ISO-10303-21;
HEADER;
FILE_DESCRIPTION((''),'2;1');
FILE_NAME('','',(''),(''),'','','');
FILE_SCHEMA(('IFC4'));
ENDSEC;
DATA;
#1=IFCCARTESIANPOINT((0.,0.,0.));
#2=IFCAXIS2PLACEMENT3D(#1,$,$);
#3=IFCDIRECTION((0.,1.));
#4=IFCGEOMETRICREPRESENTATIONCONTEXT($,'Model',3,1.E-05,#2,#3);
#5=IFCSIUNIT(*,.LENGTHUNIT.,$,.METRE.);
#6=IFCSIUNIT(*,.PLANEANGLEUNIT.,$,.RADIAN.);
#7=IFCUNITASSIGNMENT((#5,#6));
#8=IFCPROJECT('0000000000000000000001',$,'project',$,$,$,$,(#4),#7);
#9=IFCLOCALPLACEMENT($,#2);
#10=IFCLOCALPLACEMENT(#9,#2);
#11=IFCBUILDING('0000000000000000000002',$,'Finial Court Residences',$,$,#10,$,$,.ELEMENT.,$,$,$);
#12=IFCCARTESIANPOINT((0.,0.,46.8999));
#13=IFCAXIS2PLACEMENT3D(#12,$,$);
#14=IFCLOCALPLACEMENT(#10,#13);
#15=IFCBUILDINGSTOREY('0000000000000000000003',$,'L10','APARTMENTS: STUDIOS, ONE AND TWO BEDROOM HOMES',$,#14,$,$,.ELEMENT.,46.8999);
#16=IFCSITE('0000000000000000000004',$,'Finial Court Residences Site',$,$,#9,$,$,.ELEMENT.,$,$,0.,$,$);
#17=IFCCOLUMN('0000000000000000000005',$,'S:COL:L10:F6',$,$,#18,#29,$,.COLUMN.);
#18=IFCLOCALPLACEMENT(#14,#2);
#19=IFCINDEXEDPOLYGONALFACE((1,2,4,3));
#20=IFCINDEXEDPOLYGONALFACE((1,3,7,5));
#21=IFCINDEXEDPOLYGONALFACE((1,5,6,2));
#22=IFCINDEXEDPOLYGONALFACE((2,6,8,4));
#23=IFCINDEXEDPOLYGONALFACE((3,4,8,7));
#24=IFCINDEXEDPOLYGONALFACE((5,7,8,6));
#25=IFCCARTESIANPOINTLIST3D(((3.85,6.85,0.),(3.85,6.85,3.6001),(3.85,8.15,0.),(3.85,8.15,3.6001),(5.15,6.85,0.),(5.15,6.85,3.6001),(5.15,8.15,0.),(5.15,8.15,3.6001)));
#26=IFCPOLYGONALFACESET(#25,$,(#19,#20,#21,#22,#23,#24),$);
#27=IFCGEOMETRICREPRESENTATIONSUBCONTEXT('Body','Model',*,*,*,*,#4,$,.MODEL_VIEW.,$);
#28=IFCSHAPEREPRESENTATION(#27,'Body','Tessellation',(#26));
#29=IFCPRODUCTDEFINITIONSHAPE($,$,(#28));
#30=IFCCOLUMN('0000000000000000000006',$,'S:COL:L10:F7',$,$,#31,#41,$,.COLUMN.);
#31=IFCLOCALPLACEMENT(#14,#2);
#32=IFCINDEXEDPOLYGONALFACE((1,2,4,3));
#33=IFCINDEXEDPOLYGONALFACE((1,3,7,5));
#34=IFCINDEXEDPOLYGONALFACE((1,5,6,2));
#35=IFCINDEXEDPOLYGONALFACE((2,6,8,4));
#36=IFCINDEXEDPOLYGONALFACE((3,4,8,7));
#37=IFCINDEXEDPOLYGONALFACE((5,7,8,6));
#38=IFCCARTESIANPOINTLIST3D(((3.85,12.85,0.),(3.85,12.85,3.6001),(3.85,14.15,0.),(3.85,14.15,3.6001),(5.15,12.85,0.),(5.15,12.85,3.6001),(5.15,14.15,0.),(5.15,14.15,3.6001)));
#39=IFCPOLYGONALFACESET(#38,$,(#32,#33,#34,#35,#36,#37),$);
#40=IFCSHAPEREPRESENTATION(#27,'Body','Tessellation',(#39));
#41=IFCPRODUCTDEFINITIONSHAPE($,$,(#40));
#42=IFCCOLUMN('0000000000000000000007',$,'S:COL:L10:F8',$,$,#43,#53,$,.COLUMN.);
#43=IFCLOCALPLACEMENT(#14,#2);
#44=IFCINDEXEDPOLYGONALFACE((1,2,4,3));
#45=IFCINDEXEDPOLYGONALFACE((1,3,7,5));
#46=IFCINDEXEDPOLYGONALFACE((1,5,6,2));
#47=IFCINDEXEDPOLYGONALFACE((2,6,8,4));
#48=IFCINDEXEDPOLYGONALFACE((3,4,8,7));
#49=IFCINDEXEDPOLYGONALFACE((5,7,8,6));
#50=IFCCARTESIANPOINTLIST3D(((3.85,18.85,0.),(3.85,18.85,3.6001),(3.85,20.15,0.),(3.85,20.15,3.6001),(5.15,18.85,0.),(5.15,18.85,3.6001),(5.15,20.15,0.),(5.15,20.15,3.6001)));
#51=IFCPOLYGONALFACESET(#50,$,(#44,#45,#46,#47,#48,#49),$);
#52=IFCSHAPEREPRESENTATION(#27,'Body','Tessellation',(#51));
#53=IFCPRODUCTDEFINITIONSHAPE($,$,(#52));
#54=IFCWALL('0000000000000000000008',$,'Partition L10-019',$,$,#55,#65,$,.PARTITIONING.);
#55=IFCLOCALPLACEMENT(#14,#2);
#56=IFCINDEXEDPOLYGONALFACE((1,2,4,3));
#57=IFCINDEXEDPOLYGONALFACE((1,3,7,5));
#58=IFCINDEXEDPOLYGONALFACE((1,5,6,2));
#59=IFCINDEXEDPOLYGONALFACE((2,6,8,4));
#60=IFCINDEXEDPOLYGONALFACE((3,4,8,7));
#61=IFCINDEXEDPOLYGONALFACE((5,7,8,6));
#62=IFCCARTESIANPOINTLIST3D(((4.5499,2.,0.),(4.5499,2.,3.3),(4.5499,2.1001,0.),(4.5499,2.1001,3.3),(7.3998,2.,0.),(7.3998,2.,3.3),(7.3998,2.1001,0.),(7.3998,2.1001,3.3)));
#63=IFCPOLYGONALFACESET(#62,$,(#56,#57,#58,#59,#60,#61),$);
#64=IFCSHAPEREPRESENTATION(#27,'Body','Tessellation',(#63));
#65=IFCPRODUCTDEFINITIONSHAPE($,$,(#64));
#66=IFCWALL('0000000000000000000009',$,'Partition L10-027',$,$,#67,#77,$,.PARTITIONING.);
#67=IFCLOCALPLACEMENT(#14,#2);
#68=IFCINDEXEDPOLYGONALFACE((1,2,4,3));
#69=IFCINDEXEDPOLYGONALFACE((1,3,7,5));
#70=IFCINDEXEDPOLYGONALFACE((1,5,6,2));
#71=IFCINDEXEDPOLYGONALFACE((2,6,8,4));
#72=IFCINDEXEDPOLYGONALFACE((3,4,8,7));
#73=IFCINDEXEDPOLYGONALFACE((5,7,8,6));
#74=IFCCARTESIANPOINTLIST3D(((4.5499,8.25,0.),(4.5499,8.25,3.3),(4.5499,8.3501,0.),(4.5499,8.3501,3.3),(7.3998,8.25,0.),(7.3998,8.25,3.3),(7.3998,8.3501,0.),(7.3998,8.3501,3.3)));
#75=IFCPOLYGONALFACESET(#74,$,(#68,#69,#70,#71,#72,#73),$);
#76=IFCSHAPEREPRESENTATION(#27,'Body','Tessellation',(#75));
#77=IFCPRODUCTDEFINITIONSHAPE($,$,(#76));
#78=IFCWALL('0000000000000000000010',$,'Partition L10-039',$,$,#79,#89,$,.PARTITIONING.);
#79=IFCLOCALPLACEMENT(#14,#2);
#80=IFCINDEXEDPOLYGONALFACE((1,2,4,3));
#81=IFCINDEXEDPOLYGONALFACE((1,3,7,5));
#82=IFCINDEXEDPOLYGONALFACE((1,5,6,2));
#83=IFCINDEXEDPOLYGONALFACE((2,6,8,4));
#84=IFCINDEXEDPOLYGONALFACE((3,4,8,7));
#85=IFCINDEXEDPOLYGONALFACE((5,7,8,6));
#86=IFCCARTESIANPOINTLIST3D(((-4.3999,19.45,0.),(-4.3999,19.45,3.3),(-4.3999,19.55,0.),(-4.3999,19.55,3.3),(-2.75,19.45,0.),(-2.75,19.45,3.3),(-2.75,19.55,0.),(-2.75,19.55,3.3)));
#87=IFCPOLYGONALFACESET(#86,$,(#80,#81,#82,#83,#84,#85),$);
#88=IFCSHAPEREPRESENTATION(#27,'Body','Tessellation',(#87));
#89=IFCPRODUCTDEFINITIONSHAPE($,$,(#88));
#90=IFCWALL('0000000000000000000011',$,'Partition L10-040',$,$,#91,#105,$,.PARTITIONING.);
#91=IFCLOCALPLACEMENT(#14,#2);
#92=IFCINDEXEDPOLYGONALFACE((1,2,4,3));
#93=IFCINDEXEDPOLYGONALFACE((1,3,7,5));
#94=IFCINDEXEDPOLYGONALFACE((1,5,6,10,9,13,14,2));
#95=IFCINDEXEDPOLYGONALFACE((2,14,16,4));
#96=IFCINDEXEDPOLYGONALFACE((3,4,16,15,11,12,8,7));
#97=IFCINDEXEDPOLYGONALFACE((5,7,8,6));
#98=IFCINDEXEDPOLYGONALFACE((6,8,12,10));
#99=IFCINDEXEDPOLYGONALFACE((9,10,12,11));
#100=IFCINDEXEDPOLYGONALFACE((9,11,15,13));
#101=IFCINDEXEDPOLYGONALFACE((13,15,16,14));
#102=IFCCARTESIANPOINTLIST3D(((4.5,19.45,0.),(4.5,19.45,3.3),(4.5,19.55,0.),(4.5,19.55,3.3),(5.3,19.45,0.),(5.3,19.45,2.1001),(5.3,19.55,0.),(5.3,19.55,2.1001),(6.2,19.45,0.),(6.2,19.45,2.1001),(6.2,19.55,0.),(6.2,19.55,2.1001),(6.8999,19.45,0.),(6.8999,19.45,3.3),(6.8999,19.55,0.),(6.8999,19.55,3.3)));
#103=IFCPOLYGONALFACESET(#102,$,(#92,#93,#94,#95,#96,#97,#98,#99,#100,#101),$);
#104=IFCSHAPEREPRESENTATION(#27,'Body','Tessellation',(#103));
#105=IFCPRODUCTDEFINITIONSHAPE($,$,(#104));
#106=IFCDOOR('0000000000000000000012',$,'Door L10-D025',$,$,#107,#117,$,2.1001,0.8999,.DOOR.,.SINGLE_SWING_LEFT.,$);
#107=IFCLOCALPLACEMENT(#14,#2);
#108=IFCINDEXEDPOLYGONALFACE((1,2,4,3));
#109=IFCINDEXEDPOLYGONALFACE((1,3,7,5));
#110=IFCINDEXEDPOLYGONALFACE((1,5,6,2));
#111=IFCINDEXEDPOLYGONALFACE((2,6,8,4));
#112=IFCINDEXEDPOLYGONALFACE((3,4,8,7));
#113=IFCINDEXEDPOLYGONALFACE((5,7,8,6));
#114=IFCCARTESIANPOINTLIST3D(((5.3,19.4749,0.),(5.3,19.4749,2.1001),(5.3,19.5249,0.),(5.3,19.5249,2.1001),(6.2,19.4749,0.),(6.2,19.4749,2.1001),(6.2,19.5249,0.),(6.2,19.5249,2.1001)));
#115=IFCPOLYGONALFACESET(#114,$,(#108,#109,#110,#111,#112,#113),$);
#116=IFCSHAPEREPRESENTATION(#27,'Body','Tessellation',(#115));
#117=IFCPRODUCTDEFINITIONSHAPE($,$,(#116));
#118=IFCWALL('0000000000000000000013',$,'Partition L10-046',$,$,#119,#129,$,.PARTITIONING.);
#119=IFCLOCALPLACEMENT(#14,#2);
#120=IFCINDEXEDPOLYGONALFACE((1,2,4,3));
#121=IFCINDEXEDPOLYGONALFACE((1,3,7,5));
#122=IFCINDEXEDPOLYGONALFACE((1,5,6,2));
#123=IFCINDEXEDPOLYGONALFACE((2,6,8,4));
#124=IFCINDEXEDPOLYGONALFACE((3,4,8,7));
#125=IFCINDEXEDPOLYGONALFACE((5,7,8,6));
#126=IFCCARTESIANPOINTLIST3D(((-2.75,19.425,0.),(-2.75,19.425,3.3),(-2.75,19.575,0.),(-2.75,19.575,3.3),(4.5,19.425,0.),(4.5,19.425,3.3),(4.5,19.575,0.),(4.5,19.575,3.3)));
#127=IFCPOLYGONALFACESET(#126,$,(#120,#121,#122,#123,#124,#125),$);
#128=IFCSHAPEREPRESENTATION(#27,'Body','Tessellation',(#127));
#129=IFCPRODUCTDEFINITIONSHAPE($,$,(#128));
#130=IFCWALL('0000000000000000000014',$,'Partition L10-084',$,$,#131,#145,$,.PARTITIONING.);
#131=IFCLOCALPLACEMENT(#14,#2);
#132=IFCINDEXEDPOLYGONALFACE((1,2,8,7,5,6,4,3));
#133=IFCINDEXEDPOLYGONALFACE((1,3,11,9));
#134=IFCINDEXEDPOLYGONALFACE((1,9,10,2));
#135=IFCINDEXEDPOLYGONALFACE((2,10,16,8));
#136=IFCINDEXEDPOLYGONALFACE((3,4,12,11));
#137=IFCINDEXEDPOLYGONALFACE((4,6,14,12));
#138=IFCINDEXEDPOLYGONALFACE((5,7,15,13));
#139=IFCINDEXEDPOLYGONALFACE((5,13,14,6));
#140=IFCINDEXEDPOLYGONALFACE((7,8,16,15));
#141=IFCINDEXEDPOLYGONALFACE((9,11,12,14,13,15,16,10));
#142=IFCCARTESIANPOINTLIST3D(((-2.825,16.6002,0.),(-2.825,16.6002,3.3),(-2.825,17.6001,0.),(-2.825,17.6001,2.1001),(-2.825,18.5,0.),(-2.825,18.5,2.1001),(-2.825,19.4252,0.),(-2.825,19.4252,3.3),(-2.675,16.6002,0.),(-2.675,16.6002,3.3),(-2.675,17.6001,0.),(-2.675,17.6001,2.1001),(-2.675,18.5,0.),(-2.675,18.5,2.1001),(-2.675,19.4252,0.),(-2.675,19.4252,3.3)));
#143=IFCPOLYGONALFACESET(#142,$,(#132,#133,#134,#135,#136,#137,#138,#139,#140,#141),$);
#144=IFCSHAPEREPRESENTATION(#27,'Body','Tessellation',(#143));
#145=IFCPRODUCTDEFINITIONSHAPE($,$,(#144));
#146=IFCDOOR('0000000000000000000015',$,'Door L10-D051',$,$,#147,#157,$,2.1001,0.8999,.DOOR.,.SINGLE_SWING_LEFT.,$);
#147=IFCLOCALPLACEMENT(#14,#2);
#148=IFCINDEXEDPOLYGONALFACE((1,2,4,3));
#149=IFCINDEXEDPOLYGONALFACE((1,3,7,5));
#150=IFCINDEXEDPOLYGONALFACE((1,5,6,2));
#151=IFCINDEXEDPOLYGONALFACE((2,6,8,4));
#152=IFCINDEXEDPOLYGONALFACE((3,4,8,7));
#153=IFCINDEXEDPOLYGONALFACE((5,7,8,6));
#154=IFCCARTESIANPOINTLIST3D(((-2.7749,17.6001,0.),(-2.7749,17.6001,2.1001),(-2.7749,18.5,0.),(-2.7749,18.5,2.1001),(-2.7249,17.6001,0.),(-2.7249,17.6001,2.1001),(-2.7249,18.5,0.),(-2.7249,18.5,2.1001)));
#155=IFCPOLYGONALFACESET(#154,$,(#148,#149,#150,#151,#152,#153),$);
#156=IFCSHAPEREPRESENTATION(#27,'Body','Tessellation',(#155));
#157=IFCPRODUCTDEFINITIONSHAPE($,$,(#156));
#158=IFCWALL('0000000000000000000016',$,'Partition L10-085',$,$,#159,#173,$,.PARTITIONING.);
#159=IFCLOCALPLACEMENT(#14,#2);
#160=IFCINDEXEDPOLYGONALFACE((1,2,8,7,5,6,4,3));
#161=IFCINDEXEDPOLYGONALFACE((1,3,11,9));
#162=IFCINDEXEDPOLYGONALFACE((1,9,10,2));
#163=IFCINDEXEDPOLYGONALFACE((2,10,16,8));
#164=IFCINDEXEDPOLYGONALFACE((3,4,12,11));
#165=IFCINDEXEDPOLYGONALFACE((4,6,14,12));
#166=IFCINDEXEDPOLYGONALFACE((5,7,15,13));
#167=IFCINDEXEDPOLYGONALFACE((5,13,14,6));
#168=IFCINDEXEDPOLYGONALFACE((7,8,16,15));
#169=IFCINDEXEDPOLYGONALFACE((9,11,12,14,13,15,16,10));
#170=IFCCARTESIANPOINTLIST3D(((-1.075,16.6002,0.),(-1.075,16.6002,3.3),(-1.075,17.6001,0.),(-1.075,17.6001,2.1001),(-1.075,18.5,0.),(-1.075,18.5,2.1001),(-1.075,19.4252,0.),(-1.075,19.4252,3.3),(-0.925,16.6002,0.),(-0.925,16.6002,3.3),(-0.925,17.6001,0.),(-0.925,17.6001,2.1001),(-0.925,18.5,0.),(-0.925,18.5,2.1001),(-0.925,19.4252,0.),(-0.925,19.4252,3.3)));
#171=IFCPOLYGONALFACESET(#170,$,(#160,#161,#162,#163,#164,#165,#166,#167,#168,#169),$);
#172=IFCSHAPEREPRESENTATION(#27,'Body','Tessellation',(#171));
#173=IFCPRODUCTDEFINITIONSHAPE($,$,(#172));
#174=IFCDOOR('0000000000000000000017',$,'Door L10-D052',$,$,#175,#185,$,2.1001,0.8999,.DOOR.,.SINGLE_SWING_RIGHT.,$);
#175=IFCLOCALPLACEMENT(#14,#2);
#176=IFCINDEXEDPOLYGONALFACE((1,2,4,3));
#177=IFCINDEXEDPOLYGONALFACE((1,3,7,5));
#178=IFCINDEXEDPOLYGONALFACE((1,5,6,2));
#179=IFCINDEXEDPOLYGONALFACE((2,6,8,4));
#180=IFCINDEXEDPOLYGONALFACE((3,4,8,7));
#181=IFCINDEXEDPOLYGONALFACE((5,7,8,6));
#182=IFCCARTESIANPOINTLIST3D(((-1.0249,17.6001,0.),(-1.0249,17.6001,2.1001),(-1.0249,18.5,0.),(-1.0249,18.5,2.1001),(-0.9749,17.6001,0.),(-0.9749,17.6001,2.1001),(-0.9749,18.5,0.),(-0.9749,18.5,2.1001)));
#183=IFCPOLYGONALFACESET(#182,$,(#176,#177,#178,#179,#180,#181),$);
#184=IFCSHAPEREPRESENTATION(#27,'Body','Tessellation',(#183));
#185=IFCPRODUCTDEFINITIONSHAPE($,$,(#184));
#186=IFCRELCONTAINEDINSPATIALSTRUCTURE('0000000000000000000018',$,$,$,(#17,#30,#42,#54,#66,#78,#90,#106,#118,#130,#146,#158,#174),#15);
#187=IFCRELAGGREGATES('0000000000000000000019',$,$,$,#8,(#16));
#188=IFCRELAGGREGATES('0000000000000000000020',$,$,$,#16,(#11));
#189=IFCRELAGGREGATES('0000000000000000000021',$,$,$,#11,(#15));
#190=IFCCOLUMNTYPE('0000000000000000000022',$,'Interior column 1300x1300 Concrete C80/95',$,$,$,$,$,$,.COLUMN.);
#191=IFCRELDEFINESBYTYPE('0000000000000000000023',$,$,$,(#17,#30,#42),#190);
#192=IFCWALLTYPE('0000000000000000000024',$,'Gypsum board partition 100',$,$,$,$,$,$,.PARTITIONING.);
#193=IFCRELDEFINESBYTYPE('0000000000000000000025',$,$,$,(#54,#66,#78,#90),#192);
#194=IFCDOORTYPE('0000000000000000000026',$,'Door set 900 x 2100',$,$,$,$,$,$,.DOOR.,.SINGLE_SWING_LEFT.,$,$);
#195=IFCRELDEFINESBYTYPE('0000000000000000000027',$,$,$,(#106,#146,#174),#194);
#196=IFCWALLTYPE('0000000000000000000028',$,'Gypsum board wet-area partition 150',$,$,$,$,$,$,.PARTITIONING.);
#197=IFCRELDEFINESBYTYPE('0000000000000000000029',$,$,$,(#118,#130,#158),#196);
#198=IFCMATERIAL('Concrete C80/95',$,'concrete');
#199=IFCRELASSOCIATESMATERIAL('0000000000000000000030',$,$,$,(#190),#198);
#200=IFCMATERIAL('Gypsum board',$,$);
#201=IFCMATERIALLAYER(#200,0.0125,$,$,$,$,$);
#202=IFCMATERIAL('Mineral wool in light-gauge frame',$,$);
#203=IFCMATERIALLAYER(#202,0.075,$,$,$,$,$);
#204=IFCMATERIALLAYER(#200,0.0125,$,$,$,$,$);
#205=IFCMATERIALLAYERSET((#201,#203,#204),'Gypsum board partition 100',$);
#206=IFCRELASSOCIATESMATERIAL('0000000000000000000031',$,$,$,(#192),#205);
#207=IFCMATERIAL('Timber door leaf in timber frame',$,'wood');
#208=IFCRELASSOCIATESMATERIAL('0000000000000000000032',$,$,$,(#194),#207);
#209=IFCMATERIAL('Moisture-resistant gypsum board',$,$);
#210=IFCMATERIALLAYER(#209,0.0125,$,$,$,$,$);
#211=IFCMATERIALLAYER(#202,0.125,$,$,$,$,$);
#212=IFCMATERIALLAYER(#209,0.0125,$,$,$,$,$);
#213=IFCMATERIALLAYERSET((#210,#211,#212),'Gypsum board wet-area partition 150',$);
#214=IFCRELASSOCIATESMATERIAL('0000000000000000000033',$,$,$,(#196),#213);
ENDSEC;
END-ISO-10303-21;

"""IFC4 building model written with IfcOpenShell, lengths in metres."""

from ifc_helpers import new_model, si_unit, direction, frame, frame_2d, origin, origin_2d, place, context, subcontext, project, spatial, rectangle, extrude, material, layer, layer_set, material_profile, profile_set, type_object, element, fill, save


model = new_model("IFC4")

# Units and contexts
model_context = context("Model", 3, precision=1e-05, world=origin(), true_north=direction((0.0, 1.0)))
body_context = subcontext(model_context, "Body", "Model", "MODEL_VIEW")
ifc_project = project(units=[si_unit("LENGTHUNIT", "METRE"), si_unit("PLANEANGLEUNIT", "RADIAN")], contexts=[model_context])

# Site, building, storey
site_placement = place(None, origin())
site = spatial("IfcSite", under=ifc_project, at=site_placement, Name="Finial Court Residences Site", CompositionType="ELEMENT", RefElevation=0.0)
building_placement = place(site_placement, origin())
building = spatial("IfcBuilding", under=site, at=building_placement, Name="Finial Court Residences", CompositionType="ELEMENT")
storey_placement = place(building_placement, frame((0.0, 0.0, 46.8999)))
storey = spatial("IfcBuildingStorey", under=building, at=storey_placement, Name="L10", Description="APARTMENTS: STUDIOS, ONE AND TWO BEDROOM HOMES", CompositionType="ELEMENT", Elevation=46.8999)

# Columns
ifc_material_1 = material(Name="Concrete C80/95", Category="concrete")
ifc_material_profile = material_profile(ifc_material_1, rectangle(XDim=1.3, YDim=1.3, at=origin_2d()), Name="1300x1300")
ifc_profile_set = profile_set([ifc_material_profile], Name="Concrete C80/95")
column_type = type_object("IfcColumnType", Name="Interior column 1300x1300 Concrete C80/95", PredefinedType="COLUMN", material=ifc_profile_set)
for number, where, z_axis, x_axis, name in (
    (1, (4.5, 7.5, 0.0), (0.0, 0.0, 1.0), (1.0, 0.0, 0.0), "S:COL:L10:F6"),
    (2, (4.5, 13.5, 0.0), (0.0, 0.0, 1.0), (1.0, 0.0, 0.0), "S:COL:L10:F7"),
    (3, (4.5, 19.5, 0.0), (0.0, 0.0, 1.0), (1.0, 0.0, 0.0), "S:COL:L10:F8"),
):
    element("IfcColumn", number, at=place(storey_placement, frame(where, z_axis=z_axis, x_axis=x_axis)), inside=storey, type_object=column_type, Name=name, PredefinedType="COLUMN", context=body_context, shape_type="SweptSolid", body=[
        extrude(rectangle(XDim=1.3, YDim=1.3, at=origin_2d()), origin(), (0.0, 0.0, 1.0), 3.6001),
    ])

# Walls
ifc_material_2 = material(Name="Gypsum board")
ifc_layer_1 = layer(ifc_material_2, 0.0125)
ifc_material_3 = material(Name="Mineral wool in light-gauge frame")
ifc_layer_2 = layer(ifc_material_3, 0.075)
ifc_layer_3 = layer(ifc_material_2, 0.0125)
ifc_layer_set_1 = layer_set([ifc_layer_1, ifc_layer_2, ifc_layer_3], Name="Gypsum board partition 100")
wall_type_1 = type_object("IfcWallType", Name="Gypsum board partition 100", PredefinedType="PARTITIONING", material=ifc_layer_set_1)
for number, where, z_axis, x_axis, name in (
    (4, (4.55, 2.05, 0.0), (0.0, 0.0, 1.0), (1.0, 0.0, 0.0), "Partition L10-019"),
    (5, (4.55, 8.3, 0.0), (0.0, 0.0, 1.0), (1.0, 0.0, 0.0), "Partition L10-027"),
):
    element("IfcWall", number, at=place(storey_placement, frame(where, z_axis=z_axis, x_axis=x_axis)), inside=storey, type_object=wall_type_1, Name=name, PredefinedType="PARTITIONING", context=body_context, shape_type="SweptSolid", body=[
        extrude(rectangle(XDim=2.8499, YDim=0.1001, at=frame_2d((1.4248, 0.0))), origin(), (0.0, 0.0, 1.0), 3.3),
    ])
wall_1_placement = place(storey_placement, frame((-4.3999, 19.5, 0.0), z_axis=(0.0, 0.0, 1.0), x_axis=(1.0, 0.0, 0.0)))
element("IfcWall", 6, at=wall_1_placement, inside=storey, type_object=wall_type_1, Name="Partition L10-039", PredefinedType="PARTITIONING", context=body_context, shape_type="SweptSolid", body=[
    extrude(rectangle(XDim=1.6499, YDim=0.1001, at=frame_2d((0.825, 0.0))), origin(), (0.0, 0.0, 1.0), 3.3),
])

# Wall, opening, door
wall_2_placement = place(storey_placement, frame((4.5, 19.5, 0.0), z_axis=(0.0, 0.0, 1.0), x_axis=(1.0, 0.0, 0.0)))
wall_2 = element("IfcWall", 7, at=wall_2_placement, inside=storey, type_object=wall_type_1, Name="Partition L10-040", PredefinedType="PARTITIONING", context=body_context, shape_type="SweptSolid", body=[
    extrude(rectangle(XDim=2.3999, YDim=0.1001, at=frame_2d((1.2, 0.0))), origin(), (0.0, 0.0, 1.0), 3.3),
])
opening_1_placement = place(wall_2_placement, frame((0.8, 0.0, 0.0)))
opening_1 = element("IfcOpeningElement", 8, at=opening_1_placement, cuts=wall_2, PredefinedType="OPENING", context=body_context, shape_type="SweptSolid", body=[
    extrude(rectangle(XDim=0.8999, YDim=2.1001, at=frame_2d((0.45, 1.05))), frame((0.0, 0.0601, 0.0), z_axis=(0.0, -1.0, 0.0), x_axis=(1.0, 0.0, 0.0)), (0.0, 0.0, 1.0), 0.1201),
])
ifc_material_4 = material(Name="Timber door leaf in timber frame", Category="wood")
door_type = type_object("IfcDoorType", Name="Door set 900 x 2100", OperationType="SINGLE_SWING_LEFT", PredefinedType="DOOR", material=ifc_material_4)
door_1_placement = place(opening_1_placement, origin())
door_1 = element("IfcDoor", 9, at=door_1_placement, inside=storey, type_object=door_type, Name="Door L10-D025", OperationType="SINGLE_SWING_LEFT", OverallHeight=2.1001, OverallWidth=0.8999, PredefinedType="DOOR", context=body_context, shape_type="SweptSolid", body=[
    extrude(rectangle(XDim=0.8999, YDim=2.1001, at=frame_2d((0.45, 1.05))), frame((0.0, 0.0249, 0.0), z_axis=(0.0, -1.0, 0.0), x_axis=(1.0, 0.0, 0.0)), (0.0, 0.0, 1.0), 0.05),
])
fill(opening_1, door_1)

# Wall
ifc_material_5 = material(Name="Moisture-resistant gypsum board")
ifc_layer_4 = layer(ifc_material_5, 0.0125)
ifc_layer_5 = layer(ifc_material_3, 0.125)
ifc_layer_6 = layer(ifc_material_5, 0.0125)
ifc_layer_set_2 = layer_set([ifc_layer_4, ifc_layer_5, ifc_layer_6], Name="Gypsum board wet-area partition 150")
wall_type_2 = type_object("IfcWallType", Name="Gypsum board wet-area partition 150", PredefinedType="PARTITIONING", material=ifc_layer_set_2)
wall_3_placement = place(storey_placement, frame((-2.75, 19.5, 0.0), z_axis=(0.0, 0.0, 1.0), x_axis=(1.0, 0.0, 0.0)))
element("IfcWall", 10, at=wall_3_placement, inside=storey, type_object=wall_type_2, Name="Partition L10-046", PredefinedType="PARTITIONING", context=body_context, shape_type="SweptSolid", body=[
    extrude(rectangle(XDim=7.25, YDim=0.1499, at=frame_2d((3.625, 0.0))), origin(), (0.0, 0.0, 1.0), 3.3),
])

# Walls, openings, doors
wall_4_placement = place(storey_placement, frame((-2.75, 16.6001, 0.0), z_axis=(0.0, 0.0, 1.0), x_axis=(0.0, 1.0, 0.0)))
wall_4 = element("IfcWall", 11, at=wall_4_placement, inside=storey, type_object=wall_type_2, Name="Partition L10-084", PredefinedType="PARTITIONING", context=body_context, shape_type="SweptSolid", body=[
    extrude(rectangle(XDim=2.825, YDim=0.1499, at=frame_2d((1.4126, 0.0))), origin(), (0.0, 0.0, 1.0), 3.3),
])
opening_2_placement = place(wall_4_placement, frame((1.0, 0.0, 0.0)))
opening_2 = element("IfcOpeningElement", 12, at=opening_2_placement, cuts=wall_4, PredefinedType="OPENING", context=body_context, shape_type="SweptSolid", body=[
    extrude(rectangle(XDim=0.8999, YDim=2.1001, at=frame_2d((0.45, 1.05))), frame((0.0, 0.085, 0.0), z_axis=(0.0, -1.0, 0.0), x_axis=(1.0, 0.0, 0.0)), (0.0, 0.0, 1.0), 0.1699),
])
door_2_placement = place(opening_2_placement, origin())
door_2 = element("IfcDoor", 13, at=door_2_placement, inside=storey, type_object=door_type, Name="Door L10-D051", OperationType="SINGLE_SWING_LEFT", OverallHeight=2.1001, OverallWidth=0.8999, PredefinedType="DOOR", context=body_context, shape_type="SweptSolid", body=[
    extrude(rectangle(XDim=0.8999, YDim=2.1001, at=frame_2d((0.45, 1.05))), frame((0.0, 0.0249, 0.0), z_axis=(0.0, -1.0, 0.0), x_axis=(1.0, 0.0, 0.0)), (0.0, 0.0, 1.0), 0.05),
])
fill(opening_2, door_2)
wall_5_placement = place(storey_placement, frame((-1.0, 16.6001, 0.0), z_axis=(0.0, 0.0, 1.0), x_axis=(0.0, 1.0, 0.0)))
wall_5 = element("IfcWall", 14, at=wall_5_placement, inside=storey, type_object=wall_type_2, Name="Partition L10-085", PredefinedType="PARTITIONING", context=body_context, shape_type="SweptSolid", body=[
    extrude(rectangle(XDim=2.825, YDim=0.1499, at=frame_2d((1.4126, 0.0))), origin(), (0.0, 0.0, 1.0), 3.3),
])
opening_3_placement = place(wall_5_placement, frame((1.0, 0.0, 0.0)))
opening_3 = element("IfcOpeningElement", 15, at=opening_3_placement, cuts=wall_5, PredefinedType="OPENING", context=body_context, shape_type="SweptSolid", body=[
    extrude(rectangle(XDim=0.8999, YDim=2.1001, at=frame_2d((0.45, 1.05))), frame((0.0, 0.085, 0.0), z_axis=(0.0, -1.0, 0.0), x_axis=(1.0, 0.0, 0.0)), (0.0, 0.0, 1.0), 0.1699),
])
door_3_placement = place(opening_3_placement, origin())
door_3 = element("IfcDoor", 16, at=door_3_placement, inside=storey, type_object=door_type, Name="Door L10-D052", OperationType="SINGLE_SWING_RIGHT", OverallHeight=2.1001, OverallWidth=0.8999, PredefinedType="DOOR", context=body_context, shape_type="SweptSolid", body=[
    extrude(rectangle(XDim=0.8999, YDim=2.1001, at=frame_2d((0.45, 1.05))), frame((0.0, 0.0249, 0.0), z_axis=(0.0, -1.0, 0.0), x_axis=(1.0, 0.0, 0.0)), (0.0, 0.0, 1.0), 0.05),
])
fill(opening_3, door_3)

save(model, "model.ifc")
